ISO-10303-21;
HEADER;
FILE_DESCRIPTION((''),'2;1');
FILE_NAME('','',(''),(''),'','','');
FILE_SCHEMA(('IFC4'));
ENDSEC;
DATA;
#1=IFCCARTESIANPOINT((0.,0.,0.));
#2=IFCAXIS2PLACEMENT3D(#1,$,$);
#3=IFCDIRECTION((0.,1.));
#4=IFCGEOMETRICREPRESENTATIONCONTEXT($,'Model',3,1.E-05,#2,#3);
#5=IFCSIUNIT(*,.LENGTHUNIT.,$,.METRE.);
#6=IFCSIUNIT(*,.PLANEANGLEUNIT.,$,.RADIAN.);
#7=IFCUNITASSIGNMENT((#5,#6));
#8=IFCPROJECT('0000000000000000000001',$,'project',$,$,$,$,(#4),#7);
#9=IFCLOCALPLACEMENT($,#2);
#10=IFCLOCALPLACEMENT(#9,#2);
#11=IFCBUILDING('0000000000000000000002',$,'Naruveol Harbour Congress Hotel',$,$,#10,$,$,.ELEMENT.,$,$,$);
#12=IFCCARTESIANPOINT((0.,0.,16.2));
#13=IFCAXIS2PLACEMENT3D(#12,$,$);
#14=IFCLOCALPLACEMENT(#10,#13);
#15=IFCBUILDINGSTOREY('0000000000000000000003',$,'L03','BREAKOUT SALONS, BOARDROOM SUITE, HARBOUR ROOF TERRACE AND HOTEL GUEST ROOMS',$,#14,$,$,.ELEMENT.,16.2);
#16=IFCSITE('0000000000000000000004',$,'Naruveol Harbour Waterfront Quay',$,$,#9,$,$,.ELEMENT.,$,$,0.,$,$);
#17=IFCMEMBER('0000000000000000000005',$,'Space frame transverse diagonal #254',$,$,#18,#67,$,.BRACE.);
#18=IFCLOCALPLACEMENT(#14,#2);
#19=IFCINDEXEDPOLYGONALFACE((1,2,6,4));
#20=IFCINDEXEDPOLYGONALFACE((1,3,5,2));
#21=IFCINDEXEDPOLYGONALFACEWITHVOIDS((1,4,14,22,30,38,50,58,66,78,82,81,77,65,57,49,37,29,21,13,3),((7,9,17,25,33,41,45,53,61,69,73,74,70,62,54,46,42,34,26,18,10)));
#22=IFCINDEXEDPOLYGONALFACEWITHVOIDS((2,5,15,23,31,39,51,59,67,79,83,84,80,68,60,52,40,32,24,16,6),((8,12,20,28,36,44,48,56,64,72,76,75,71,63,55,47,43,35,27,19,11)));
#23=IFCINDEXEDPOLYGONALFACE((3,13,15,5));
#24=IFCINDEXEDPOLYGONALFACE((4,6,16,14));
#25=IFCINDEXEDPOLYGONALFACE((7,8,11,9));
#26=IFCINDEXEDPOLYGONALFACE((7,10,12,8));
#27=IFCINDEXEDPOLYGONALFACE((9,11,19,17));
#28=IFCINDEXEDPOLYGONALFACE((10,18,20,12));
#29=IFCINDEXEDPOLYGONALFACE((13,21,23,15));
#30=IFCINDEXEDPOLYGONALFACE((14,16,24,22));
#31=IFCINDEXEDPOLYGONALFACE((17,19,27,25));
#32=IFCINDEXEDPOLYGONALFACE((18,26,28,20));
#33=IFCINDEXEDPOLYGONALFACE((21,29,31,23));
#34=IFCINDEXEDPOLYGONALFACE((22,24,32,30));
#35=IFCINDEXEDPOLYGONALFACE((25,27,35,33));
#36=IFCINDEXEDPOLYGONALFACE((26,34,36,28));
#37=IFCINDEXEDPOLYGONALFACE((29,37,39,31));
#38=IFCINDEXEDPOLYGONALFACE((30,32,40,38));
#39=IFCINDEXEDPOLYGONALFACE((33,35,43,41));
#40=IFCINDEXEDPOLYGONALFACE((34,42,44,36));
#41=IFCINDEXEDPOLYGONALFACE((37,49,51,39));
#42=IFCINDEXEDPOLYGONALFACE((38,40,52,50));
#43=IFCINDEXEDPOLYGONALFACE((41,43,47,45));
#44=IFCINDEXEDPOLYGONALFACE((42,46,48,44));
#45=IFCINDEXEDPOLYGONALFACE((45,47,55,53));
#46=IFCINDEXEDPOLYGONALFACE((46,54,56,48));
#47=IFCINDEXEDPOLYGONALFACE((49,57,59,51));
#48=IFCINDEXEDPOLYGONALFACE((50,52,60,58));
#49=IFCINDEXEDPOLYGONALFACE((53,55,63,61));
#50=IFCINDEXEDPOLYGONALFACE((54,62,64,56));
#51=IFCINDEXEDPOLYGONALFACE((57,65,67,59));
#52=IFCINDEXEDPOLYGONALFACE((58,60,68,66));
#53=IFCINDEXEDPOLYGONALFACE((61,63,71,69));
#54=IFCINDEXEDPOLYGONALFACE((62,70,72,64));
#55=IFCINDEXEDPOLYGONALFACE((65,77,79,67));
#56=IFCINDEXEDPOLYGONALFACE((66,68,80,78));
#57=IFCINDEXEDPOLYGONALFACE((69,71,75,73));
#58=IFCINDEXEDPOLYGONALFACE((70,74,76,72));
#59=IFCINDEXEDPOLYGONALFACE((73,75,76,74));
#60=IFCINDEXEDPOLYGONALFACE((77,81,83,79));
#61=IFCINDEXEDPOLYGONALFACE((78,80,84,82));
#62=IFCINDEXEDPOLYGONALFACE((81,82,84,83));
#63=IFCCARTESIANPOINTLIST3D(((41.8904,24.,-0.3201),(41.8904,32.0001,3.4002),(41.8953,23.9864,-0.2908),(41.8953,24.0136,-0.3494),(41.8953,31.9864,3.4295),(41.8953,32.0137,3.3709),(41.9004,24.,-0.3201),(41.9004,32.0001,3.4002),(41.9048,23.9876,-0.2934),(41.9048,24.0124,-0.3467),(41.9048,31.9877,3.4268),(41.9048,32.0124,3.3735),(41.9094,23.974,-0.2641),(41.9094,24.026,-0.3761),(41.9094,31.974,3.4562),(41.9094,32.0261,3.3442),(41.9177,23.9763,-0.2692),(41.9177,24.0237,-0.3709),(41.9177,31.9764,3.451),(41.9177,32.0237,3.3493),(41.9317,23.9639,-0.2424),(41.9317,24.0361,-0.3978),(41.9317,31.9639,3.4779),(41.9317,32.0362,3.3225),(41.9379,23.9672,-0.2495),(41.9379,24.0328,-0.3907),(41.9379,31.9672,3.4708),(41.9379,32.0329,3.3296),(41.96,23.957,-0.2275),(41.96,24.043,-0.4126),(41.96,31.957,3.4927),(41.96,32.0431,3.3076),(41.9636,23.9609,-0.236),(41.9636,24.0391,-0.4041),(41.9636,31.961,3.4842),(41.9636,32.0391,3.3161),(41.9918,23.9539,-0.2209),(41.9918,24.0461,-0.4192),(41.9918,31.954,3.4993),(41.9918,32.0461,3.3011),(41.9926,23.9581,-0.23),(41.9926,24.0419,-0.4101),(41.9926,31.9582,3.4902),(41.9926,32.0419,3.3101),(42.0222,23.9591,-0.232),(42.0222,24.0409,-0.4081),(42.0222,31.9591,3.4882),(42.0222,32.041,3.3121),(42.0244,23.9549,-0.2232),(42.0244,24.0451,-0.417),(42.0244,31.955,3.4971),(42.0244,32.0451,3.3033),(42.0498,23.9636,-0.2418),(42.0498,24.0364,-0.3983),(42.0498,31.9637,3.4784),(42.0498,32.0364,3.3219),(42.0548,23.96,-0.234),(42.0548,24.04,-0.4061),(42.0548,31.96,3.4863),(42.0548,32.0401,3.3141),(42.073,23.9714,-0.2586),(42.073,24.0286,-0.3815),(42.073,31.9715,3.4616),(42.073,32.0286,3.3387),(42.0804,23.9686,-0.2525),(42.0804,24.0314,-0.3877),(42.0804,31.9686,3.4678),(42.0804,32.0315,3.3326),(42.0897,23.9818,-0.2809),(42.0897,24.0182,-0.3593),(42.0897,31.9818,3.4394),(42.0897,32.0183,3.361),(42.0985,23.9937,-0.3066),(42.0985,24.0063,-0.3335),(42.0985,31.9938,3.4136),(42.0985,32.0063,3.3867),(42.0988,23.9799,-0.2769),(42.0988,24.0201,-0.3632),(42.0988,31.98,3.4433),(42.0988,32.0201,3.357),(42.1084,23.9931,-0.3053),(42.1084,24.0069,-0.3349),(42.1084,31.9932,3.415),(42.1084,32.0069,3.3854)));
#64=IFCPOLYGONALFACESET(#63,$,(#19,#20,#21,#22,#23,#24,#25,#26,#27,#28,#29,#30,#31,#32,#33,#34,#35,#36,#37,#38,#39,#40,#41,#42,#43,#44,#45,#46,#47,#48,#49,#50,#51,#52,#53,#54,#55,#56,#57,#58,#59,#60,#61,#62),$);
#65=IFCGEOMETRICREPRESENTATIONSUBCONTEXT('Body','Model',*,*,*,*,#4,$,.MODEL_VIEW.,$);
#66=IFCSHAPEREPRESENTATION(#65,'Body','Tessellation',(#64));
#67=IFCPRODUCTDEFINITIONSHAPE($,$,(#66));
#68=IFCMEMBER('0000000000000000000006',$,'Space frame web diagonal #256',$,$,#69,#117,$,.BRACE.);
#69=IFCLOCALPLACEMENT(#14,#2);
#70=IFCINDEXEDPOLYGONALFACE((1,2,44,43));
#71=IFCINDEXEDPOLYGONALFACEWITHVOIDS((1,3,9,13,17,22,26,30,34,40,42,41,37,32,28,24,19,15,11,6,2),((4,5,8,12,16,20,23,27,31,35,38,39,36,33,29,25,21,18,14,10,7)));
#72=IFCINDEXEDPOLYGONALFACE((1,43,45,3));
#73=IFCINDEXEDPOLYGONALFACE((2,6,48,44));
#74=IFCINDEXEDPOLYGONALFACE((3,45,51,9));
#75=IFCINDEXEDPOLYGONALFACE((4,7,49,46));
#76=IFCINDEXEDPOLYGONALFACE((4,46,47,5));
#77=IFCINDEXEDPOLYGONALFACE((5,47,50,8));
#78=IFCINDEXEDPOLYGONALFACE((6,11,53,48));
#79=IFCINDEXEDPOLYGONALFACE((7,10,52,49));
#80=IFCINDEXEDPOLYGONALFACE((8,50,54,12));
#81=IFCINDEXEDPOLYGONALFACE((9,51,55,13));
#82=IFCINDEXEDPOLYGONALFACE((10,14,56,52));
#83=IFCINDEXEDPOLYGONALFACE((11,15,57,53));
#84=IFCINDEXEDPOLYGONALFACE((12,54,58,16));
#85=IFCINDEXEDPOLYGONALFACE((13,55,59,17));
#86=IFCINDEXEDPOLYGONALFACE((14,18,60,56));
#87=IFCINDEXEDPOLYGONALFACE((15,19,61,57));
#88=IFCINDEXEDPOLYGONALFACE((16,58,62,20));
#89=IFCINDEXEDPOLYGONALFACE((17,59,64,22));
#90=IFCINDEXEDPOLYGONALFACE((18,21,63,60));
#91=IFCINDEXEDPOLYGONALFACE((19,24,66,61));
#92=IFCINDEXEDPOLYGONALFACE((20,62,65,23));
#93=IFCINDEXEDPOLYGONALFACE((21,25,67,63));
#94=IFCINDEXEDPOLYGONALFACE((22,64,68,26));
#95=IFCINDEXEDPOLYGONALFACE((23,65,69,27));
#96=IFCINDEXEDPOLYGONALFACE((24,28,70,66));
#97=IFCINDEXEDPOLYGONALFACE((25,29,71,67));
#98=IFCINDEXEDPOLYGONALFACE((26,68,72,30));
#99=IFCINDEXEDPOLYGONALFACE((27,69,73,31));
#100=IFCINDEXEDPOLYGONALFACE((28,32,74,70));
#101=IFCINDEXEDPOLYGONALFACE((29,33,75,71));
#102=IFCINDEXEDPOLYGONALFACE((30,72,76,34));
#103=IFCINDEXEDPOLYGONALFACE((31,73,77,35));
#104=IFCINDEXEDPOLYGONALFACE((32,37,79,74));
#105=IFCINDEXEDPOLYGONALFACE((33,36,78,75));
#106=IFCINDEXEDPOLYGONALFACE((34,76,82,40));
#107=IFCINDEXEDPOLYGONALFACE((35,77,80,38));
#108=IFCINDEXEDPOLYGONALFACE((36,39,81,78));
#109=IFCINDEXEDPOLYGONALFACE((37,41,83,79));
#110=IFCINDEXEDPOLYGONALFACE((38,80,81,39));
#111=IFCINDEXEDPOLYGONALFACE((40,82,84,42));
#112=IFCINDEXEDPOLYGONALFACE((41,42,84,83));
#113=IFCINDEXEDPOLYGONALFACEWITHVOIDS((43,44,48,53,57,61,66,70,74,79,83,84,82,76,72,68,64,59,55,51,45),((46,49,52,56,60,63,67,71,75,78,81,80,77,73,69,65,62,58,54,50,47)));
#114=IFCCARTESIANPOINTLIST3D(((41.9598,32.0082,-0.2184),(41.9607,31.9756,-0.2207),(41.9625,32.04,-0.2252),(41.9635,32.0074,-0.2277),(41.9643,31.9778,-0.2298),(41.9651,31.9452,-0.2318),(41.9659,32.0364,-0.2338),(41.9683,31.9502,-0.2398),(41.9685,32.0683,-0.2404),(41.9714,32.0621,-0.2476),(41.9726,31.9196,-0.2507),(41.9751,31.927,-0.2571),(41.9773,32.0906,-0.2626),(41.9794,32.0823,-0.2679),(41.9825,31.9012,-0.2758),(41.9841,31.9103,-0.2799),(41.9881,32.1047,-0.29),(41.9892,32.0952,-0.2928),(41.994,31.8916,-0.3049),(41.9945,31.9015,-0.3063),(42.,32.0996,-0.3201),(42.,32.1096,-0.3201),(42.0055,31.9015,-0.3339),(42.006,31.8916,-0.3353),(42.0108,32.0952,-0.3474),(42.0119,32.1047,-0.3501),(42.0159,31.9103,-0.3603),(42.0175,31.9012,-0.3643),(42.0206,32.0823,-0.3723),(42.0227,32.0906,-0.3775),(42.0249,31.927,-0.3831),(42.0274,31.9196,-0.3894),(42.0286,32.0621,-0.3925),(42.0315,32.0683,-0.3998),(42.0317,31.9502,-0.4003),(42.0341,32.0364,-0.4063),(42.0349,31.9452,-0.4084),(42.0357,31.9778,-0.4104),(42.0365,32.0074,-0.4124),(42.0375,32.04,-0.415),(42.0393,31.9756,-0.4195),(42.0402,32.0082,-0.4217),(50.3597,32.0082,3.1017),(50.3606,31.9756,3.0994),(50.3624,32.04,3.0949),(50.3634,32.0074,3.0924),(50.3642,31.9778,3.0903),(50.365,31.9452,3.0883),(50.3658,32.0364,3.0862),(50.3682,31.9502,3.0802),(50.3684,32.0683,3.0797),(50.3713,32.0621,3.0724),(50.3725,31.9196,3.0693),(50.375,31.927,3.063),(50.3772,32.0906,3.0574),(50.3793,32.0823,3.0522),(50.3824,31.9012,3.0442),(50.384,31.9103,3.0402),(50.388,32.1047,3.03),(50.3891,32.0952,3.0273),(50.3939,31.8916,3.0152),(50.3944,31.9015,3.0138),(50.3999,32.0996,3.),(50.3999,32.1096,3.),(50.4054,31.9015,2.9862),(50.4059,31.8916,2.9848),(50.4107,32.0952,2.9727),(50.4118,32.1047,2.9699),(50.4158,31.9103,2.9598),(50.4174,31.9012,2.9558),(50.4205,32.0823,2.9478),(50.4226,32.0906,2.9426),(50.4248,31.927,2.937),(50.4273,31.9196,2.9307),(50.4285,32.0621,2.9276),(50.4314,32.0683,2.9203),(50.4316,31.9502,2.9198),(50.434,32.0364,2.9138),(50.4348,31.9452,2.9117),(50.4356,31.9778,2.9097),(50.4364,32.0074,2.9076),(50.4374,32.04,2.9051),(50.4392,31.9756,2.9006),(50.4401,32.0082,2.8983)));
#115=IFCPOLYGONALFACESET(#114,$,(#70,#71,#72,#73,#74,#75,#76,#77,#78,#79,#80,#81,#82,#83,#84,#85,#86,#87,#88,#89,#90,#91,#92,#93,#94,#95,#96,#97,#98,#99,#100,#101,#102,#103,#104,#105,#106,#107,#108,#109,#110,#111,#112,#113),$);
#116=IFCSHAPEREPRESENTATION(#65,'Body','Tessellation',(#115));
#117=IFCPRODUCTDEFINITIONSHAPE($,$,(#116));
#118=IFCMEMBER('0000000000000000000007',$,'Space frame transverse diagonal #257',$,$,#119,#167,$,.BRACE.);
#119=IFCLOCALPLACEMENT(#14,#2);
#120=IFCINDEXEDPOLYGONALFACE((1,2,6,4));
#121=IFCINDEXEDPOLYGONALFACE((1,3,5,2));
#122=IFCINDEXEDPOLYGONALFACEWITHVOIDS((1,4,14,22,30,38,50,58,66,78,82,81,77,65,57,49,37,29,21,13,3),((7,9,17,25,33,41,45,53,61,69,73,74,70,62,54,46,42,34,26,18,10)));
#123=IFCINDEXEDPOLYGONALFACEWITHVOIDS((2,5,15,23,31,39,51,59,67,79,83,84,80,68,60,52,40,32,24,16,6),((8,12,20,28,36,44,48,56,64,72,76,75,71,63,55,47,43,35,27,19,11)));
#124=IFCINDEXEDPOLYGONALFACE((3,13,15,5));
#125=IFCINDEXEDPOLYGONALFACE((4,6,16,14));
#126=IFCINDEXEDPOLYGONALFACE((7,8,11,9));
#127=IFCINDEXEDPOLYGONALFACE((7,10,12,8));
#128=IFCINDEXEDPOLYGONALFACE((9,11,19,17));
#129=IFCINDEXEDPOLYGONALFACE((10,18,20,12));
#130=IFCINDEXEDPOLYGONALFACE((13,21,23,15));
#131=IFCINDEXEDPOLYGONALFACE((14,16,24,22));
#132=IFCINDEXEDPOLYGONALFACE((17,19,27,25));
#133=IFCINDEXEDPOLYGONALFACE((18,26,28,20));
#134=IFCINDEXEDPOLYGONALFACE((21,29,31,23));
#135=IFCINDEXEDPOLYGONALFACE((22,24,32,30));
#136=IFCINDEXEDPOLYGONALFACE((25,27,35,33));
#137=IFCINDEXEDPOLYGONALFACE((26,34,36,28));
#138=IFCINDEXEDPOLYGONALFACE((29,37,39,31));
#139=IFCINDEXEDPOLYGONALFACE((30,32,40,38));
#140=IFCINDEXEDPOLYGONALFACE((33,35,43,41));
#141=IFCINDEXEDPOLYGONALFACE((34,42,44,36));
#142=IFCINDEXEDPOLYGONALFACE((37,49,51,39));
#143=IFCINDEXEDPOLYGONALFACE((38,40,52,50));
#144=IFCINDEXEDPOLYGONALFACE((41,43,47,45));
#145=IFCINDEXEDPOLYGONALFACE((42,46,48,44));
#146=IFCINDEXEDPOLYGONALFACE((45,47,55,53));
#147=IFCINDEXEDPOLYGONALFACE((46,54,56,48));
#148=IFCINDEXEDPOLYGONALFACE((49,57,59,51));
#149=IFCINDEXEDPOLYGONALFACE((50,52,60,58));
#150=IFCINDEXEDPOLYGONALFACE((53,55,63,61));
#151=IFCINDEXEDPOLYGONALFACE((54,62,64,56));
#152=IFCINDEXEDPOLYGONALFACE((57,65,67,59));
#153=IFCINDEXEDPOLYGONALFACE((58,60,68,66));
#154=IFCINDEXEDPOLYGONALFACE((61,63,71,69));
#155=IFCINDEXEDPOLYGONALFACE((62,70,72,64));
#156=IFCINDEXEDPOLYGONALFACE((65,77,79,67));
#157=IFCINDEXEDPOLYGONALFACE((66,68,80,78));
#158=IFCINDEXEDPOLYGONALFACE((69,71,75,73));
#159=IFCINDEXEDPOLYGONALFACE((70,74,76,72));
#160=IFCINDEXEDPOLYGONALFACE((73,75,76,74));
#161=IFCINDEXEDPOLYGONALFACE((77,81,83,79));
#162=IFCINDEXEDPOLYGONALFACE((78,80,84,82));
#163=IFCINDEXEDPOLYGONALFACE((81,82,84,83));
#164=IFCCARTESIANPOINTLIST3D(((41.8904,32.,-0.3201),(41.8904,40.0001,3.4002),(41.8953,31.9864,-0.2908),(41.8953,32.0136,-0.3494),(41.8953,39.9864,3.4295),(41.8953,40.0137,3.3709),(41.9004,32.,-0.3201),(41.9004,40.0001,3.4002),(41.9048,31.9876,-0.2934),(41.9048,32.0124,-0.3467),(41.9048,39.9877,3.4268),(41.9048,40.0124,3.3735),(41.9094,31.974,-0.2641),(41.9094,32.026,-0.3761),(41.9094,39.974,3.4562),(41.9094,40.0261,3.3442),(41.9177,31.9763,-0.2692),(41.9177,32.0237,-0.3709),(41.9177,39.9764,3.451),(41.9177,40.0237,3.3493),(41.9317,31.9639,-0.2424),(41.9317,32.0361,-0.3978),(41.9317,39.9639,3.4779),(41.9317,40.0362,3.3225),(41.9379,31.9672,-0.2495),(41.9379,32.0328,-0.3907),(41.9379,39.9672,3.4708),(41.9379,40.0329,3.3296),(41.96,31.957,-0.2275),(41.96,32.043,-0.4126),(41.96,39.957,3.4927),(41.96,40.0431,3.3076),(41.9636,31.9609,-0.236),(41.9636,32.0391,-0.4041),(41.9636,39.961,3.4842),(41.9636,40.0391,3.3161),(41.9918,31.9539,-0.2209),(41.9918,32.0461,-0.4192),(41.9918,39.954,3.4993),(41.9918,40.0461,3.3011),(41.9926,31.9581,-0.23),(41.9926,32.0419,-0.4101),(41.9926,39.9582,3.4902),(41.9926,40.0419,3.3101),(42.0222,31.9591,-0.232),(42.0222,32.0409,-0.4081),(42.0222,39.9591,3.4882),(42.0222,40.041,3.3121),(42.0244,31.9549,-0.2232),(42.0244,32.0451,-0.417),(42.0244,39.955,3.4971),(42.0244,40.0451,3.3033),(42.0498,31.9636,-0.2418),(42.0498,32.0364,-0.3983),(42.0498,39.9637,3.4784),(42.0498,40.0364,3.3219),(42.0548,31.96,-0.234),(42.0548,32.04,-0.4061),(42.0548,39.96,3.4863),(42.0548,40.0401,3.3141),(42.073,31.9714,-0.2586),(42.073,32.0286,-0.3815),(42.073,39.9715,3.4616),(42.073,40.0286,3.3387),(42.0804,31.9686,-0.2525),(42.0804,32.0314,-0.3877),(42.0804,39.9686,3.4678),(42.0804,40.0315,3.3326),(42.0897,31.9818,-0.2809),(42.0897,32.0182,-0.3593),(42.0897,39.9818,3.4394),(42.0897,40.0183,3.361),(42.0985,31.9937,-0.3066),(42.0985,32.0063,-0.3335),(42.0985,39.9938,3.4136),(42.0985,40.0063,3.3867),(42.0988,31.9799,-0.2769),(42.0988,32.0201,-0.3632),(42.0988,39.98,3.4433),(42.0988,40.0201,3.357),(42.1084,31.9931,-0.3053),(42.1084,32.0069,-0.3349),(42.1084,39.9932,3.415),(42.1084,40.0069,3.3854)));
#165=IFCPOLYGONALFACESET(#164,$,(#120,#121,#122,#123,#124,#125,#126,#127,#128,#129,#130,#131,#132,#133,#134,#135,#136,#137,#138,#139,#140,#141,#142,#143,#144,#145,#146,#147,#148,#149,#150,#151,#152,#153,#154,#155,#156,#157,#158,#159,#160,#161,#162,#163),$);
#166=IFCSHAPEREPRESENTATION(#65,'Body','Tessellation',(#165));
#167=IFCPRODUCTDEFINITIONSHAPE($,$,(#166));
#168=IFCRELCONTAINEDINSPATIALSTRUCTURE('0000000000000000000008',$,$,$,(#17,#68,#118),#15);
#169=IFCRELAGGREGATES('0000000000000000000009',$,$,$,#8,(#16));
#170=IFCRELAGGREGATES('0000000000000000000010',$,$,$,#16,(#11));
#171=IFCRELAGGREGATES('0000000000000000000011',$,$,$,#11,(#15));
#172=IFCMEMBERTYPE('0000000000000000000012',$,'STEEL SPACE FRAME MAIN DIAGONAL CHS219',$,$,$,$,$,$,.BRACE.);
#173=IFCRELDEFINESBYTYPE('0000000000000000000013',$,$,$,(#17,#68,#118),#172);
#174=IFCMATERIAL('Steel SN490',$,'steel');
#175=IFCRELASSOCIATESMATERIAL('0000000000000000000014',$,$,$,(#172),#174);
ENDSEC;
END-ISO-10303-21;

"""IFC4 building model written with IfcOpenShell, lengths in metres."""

from ifc_helpers import new_model, si_unit, direction, frame, origin, origin_2d, place, context, subcontext, project, spatial, hollow_circle, extrude, material, material_profile, profile_set, type_object, element, save


model = new_model("IFC4")

# Units and contexts
model_context = context("Model", 3, precision=1e-05, world=origin(), true_north=direction((0.0, 1.0)))
body_context = subcontext(model_context, "Body", "Model", "MODEL_VIEW")
ifc_project = project(units=[si_unit("LENGTHUNIT", "METRE"), si_unit("PLANEANGLEUNIT", "RADIAN")], contexts=[model_context])

# Site, building, storey
site_placement = place(None, origin())
site = spatial("IfcSite", under=ifc_project, at=site_placement, Name="Naruveol Harbour Waterfront Quay", CompositionType="ELEMENT", RefElevation=0.0)
building_placement = place(site_placement, origin())
building = spatial("IfcBuilding", under=site, at=building_placement, Name="Naruveol Harbour Congress Hotel", CompositionType="ELEMENT")
storey_placement = place(building_placement, frame((0.0, 0.0, 16.2)))
storey = spatial("IfcBuildingStorey", under=building, at=storey_placement, Name="L03", Description="BREAKOUT SALONS, BOARDROOM SUITE, HARBOUR ROOF TERRACE AND HOTEL GUEST ROOMS", CompositionType="ELEMENT", Elevation=16.2)

# Members
ifc_material_1 = material(Name="Steel SN490", Category="steel")
ifc_material_profile_1 = material_profile(ifc_material_1, hollow_circle(Radius=0.1096, WallThickness=0.01, at=origin_2d()), Name="CHS-219.1x10")
ifc_profile_set_1 = profile_set([ifc_material_profile_1], Name="Steel SN490")
member_type_1 = type_object("IfcMemberType", Name="STEEL SPACE FRAME MAIN DIAGONAL CHS219", PredefinedType="BRACE", material=ifc_profile_set_1)
member_1_placement = place(storey_placement, frame((42.0, 24.0, -0.3201), z_axis=(0.0, 0.906752, 0.421664), x_axis=(-1.0, 0.0, 0.0)))
element("IfcMember", 1, at=member_1_placement, inside=storey, type_object=member_type_1, Name="Space frame transverse diagonal #254", PredefinedType="BRACE", context=body_context, shape_type="SweptSolid", body=[
    extrude(hollow_circle(Radius=0.1096, WallThickness=0.01, at=origin_2d()), origin(), (0.0, 0.0, 1.0), 8.8228),
])
member_2_placement = place(storey_placement, frame((42.0, 32.0, -0.3201), z_axis=(0.929992, 0.0, 0.36758), x_axis=(0.0, 1.0, 0.0)))
element("IfcMember", 2, at=member_2_placement, inside=storey, type_object=member_type_1, Name="Space frame web diagonal #256", PredefinedType="BRACE", context=body_context, shape_type="SweptSolid", body=[
    extrude(hollow_circle(Radius=0.1096, WallThickness=0.01, at=origin_2d()), origin(), (0.0, 0.0, 1.0), 9.0322),
])
member_3_placement = place(storey_placement, frame((42.0, 32.0, -0.3201), z_axis=(0.0, 0.906752, 0.421664), x_axis=(-1.0, 0.0, 0.0)))
element("IfcMember", 3, at=member_3_placement, inside=storey, type_object=member_type_1, Name="Space frame transverse diagonal #257", PredefinedType="BRACE", context=body_context, shape_type="SweptSolid", body=[
    extrude(hollow_circle(Radius=0.1096, WallThickness=0.01, at=origin_2d()), origin(), (0.0, 0.0, 1.0), 8.8228),
])

save(model, "model.ifc")
